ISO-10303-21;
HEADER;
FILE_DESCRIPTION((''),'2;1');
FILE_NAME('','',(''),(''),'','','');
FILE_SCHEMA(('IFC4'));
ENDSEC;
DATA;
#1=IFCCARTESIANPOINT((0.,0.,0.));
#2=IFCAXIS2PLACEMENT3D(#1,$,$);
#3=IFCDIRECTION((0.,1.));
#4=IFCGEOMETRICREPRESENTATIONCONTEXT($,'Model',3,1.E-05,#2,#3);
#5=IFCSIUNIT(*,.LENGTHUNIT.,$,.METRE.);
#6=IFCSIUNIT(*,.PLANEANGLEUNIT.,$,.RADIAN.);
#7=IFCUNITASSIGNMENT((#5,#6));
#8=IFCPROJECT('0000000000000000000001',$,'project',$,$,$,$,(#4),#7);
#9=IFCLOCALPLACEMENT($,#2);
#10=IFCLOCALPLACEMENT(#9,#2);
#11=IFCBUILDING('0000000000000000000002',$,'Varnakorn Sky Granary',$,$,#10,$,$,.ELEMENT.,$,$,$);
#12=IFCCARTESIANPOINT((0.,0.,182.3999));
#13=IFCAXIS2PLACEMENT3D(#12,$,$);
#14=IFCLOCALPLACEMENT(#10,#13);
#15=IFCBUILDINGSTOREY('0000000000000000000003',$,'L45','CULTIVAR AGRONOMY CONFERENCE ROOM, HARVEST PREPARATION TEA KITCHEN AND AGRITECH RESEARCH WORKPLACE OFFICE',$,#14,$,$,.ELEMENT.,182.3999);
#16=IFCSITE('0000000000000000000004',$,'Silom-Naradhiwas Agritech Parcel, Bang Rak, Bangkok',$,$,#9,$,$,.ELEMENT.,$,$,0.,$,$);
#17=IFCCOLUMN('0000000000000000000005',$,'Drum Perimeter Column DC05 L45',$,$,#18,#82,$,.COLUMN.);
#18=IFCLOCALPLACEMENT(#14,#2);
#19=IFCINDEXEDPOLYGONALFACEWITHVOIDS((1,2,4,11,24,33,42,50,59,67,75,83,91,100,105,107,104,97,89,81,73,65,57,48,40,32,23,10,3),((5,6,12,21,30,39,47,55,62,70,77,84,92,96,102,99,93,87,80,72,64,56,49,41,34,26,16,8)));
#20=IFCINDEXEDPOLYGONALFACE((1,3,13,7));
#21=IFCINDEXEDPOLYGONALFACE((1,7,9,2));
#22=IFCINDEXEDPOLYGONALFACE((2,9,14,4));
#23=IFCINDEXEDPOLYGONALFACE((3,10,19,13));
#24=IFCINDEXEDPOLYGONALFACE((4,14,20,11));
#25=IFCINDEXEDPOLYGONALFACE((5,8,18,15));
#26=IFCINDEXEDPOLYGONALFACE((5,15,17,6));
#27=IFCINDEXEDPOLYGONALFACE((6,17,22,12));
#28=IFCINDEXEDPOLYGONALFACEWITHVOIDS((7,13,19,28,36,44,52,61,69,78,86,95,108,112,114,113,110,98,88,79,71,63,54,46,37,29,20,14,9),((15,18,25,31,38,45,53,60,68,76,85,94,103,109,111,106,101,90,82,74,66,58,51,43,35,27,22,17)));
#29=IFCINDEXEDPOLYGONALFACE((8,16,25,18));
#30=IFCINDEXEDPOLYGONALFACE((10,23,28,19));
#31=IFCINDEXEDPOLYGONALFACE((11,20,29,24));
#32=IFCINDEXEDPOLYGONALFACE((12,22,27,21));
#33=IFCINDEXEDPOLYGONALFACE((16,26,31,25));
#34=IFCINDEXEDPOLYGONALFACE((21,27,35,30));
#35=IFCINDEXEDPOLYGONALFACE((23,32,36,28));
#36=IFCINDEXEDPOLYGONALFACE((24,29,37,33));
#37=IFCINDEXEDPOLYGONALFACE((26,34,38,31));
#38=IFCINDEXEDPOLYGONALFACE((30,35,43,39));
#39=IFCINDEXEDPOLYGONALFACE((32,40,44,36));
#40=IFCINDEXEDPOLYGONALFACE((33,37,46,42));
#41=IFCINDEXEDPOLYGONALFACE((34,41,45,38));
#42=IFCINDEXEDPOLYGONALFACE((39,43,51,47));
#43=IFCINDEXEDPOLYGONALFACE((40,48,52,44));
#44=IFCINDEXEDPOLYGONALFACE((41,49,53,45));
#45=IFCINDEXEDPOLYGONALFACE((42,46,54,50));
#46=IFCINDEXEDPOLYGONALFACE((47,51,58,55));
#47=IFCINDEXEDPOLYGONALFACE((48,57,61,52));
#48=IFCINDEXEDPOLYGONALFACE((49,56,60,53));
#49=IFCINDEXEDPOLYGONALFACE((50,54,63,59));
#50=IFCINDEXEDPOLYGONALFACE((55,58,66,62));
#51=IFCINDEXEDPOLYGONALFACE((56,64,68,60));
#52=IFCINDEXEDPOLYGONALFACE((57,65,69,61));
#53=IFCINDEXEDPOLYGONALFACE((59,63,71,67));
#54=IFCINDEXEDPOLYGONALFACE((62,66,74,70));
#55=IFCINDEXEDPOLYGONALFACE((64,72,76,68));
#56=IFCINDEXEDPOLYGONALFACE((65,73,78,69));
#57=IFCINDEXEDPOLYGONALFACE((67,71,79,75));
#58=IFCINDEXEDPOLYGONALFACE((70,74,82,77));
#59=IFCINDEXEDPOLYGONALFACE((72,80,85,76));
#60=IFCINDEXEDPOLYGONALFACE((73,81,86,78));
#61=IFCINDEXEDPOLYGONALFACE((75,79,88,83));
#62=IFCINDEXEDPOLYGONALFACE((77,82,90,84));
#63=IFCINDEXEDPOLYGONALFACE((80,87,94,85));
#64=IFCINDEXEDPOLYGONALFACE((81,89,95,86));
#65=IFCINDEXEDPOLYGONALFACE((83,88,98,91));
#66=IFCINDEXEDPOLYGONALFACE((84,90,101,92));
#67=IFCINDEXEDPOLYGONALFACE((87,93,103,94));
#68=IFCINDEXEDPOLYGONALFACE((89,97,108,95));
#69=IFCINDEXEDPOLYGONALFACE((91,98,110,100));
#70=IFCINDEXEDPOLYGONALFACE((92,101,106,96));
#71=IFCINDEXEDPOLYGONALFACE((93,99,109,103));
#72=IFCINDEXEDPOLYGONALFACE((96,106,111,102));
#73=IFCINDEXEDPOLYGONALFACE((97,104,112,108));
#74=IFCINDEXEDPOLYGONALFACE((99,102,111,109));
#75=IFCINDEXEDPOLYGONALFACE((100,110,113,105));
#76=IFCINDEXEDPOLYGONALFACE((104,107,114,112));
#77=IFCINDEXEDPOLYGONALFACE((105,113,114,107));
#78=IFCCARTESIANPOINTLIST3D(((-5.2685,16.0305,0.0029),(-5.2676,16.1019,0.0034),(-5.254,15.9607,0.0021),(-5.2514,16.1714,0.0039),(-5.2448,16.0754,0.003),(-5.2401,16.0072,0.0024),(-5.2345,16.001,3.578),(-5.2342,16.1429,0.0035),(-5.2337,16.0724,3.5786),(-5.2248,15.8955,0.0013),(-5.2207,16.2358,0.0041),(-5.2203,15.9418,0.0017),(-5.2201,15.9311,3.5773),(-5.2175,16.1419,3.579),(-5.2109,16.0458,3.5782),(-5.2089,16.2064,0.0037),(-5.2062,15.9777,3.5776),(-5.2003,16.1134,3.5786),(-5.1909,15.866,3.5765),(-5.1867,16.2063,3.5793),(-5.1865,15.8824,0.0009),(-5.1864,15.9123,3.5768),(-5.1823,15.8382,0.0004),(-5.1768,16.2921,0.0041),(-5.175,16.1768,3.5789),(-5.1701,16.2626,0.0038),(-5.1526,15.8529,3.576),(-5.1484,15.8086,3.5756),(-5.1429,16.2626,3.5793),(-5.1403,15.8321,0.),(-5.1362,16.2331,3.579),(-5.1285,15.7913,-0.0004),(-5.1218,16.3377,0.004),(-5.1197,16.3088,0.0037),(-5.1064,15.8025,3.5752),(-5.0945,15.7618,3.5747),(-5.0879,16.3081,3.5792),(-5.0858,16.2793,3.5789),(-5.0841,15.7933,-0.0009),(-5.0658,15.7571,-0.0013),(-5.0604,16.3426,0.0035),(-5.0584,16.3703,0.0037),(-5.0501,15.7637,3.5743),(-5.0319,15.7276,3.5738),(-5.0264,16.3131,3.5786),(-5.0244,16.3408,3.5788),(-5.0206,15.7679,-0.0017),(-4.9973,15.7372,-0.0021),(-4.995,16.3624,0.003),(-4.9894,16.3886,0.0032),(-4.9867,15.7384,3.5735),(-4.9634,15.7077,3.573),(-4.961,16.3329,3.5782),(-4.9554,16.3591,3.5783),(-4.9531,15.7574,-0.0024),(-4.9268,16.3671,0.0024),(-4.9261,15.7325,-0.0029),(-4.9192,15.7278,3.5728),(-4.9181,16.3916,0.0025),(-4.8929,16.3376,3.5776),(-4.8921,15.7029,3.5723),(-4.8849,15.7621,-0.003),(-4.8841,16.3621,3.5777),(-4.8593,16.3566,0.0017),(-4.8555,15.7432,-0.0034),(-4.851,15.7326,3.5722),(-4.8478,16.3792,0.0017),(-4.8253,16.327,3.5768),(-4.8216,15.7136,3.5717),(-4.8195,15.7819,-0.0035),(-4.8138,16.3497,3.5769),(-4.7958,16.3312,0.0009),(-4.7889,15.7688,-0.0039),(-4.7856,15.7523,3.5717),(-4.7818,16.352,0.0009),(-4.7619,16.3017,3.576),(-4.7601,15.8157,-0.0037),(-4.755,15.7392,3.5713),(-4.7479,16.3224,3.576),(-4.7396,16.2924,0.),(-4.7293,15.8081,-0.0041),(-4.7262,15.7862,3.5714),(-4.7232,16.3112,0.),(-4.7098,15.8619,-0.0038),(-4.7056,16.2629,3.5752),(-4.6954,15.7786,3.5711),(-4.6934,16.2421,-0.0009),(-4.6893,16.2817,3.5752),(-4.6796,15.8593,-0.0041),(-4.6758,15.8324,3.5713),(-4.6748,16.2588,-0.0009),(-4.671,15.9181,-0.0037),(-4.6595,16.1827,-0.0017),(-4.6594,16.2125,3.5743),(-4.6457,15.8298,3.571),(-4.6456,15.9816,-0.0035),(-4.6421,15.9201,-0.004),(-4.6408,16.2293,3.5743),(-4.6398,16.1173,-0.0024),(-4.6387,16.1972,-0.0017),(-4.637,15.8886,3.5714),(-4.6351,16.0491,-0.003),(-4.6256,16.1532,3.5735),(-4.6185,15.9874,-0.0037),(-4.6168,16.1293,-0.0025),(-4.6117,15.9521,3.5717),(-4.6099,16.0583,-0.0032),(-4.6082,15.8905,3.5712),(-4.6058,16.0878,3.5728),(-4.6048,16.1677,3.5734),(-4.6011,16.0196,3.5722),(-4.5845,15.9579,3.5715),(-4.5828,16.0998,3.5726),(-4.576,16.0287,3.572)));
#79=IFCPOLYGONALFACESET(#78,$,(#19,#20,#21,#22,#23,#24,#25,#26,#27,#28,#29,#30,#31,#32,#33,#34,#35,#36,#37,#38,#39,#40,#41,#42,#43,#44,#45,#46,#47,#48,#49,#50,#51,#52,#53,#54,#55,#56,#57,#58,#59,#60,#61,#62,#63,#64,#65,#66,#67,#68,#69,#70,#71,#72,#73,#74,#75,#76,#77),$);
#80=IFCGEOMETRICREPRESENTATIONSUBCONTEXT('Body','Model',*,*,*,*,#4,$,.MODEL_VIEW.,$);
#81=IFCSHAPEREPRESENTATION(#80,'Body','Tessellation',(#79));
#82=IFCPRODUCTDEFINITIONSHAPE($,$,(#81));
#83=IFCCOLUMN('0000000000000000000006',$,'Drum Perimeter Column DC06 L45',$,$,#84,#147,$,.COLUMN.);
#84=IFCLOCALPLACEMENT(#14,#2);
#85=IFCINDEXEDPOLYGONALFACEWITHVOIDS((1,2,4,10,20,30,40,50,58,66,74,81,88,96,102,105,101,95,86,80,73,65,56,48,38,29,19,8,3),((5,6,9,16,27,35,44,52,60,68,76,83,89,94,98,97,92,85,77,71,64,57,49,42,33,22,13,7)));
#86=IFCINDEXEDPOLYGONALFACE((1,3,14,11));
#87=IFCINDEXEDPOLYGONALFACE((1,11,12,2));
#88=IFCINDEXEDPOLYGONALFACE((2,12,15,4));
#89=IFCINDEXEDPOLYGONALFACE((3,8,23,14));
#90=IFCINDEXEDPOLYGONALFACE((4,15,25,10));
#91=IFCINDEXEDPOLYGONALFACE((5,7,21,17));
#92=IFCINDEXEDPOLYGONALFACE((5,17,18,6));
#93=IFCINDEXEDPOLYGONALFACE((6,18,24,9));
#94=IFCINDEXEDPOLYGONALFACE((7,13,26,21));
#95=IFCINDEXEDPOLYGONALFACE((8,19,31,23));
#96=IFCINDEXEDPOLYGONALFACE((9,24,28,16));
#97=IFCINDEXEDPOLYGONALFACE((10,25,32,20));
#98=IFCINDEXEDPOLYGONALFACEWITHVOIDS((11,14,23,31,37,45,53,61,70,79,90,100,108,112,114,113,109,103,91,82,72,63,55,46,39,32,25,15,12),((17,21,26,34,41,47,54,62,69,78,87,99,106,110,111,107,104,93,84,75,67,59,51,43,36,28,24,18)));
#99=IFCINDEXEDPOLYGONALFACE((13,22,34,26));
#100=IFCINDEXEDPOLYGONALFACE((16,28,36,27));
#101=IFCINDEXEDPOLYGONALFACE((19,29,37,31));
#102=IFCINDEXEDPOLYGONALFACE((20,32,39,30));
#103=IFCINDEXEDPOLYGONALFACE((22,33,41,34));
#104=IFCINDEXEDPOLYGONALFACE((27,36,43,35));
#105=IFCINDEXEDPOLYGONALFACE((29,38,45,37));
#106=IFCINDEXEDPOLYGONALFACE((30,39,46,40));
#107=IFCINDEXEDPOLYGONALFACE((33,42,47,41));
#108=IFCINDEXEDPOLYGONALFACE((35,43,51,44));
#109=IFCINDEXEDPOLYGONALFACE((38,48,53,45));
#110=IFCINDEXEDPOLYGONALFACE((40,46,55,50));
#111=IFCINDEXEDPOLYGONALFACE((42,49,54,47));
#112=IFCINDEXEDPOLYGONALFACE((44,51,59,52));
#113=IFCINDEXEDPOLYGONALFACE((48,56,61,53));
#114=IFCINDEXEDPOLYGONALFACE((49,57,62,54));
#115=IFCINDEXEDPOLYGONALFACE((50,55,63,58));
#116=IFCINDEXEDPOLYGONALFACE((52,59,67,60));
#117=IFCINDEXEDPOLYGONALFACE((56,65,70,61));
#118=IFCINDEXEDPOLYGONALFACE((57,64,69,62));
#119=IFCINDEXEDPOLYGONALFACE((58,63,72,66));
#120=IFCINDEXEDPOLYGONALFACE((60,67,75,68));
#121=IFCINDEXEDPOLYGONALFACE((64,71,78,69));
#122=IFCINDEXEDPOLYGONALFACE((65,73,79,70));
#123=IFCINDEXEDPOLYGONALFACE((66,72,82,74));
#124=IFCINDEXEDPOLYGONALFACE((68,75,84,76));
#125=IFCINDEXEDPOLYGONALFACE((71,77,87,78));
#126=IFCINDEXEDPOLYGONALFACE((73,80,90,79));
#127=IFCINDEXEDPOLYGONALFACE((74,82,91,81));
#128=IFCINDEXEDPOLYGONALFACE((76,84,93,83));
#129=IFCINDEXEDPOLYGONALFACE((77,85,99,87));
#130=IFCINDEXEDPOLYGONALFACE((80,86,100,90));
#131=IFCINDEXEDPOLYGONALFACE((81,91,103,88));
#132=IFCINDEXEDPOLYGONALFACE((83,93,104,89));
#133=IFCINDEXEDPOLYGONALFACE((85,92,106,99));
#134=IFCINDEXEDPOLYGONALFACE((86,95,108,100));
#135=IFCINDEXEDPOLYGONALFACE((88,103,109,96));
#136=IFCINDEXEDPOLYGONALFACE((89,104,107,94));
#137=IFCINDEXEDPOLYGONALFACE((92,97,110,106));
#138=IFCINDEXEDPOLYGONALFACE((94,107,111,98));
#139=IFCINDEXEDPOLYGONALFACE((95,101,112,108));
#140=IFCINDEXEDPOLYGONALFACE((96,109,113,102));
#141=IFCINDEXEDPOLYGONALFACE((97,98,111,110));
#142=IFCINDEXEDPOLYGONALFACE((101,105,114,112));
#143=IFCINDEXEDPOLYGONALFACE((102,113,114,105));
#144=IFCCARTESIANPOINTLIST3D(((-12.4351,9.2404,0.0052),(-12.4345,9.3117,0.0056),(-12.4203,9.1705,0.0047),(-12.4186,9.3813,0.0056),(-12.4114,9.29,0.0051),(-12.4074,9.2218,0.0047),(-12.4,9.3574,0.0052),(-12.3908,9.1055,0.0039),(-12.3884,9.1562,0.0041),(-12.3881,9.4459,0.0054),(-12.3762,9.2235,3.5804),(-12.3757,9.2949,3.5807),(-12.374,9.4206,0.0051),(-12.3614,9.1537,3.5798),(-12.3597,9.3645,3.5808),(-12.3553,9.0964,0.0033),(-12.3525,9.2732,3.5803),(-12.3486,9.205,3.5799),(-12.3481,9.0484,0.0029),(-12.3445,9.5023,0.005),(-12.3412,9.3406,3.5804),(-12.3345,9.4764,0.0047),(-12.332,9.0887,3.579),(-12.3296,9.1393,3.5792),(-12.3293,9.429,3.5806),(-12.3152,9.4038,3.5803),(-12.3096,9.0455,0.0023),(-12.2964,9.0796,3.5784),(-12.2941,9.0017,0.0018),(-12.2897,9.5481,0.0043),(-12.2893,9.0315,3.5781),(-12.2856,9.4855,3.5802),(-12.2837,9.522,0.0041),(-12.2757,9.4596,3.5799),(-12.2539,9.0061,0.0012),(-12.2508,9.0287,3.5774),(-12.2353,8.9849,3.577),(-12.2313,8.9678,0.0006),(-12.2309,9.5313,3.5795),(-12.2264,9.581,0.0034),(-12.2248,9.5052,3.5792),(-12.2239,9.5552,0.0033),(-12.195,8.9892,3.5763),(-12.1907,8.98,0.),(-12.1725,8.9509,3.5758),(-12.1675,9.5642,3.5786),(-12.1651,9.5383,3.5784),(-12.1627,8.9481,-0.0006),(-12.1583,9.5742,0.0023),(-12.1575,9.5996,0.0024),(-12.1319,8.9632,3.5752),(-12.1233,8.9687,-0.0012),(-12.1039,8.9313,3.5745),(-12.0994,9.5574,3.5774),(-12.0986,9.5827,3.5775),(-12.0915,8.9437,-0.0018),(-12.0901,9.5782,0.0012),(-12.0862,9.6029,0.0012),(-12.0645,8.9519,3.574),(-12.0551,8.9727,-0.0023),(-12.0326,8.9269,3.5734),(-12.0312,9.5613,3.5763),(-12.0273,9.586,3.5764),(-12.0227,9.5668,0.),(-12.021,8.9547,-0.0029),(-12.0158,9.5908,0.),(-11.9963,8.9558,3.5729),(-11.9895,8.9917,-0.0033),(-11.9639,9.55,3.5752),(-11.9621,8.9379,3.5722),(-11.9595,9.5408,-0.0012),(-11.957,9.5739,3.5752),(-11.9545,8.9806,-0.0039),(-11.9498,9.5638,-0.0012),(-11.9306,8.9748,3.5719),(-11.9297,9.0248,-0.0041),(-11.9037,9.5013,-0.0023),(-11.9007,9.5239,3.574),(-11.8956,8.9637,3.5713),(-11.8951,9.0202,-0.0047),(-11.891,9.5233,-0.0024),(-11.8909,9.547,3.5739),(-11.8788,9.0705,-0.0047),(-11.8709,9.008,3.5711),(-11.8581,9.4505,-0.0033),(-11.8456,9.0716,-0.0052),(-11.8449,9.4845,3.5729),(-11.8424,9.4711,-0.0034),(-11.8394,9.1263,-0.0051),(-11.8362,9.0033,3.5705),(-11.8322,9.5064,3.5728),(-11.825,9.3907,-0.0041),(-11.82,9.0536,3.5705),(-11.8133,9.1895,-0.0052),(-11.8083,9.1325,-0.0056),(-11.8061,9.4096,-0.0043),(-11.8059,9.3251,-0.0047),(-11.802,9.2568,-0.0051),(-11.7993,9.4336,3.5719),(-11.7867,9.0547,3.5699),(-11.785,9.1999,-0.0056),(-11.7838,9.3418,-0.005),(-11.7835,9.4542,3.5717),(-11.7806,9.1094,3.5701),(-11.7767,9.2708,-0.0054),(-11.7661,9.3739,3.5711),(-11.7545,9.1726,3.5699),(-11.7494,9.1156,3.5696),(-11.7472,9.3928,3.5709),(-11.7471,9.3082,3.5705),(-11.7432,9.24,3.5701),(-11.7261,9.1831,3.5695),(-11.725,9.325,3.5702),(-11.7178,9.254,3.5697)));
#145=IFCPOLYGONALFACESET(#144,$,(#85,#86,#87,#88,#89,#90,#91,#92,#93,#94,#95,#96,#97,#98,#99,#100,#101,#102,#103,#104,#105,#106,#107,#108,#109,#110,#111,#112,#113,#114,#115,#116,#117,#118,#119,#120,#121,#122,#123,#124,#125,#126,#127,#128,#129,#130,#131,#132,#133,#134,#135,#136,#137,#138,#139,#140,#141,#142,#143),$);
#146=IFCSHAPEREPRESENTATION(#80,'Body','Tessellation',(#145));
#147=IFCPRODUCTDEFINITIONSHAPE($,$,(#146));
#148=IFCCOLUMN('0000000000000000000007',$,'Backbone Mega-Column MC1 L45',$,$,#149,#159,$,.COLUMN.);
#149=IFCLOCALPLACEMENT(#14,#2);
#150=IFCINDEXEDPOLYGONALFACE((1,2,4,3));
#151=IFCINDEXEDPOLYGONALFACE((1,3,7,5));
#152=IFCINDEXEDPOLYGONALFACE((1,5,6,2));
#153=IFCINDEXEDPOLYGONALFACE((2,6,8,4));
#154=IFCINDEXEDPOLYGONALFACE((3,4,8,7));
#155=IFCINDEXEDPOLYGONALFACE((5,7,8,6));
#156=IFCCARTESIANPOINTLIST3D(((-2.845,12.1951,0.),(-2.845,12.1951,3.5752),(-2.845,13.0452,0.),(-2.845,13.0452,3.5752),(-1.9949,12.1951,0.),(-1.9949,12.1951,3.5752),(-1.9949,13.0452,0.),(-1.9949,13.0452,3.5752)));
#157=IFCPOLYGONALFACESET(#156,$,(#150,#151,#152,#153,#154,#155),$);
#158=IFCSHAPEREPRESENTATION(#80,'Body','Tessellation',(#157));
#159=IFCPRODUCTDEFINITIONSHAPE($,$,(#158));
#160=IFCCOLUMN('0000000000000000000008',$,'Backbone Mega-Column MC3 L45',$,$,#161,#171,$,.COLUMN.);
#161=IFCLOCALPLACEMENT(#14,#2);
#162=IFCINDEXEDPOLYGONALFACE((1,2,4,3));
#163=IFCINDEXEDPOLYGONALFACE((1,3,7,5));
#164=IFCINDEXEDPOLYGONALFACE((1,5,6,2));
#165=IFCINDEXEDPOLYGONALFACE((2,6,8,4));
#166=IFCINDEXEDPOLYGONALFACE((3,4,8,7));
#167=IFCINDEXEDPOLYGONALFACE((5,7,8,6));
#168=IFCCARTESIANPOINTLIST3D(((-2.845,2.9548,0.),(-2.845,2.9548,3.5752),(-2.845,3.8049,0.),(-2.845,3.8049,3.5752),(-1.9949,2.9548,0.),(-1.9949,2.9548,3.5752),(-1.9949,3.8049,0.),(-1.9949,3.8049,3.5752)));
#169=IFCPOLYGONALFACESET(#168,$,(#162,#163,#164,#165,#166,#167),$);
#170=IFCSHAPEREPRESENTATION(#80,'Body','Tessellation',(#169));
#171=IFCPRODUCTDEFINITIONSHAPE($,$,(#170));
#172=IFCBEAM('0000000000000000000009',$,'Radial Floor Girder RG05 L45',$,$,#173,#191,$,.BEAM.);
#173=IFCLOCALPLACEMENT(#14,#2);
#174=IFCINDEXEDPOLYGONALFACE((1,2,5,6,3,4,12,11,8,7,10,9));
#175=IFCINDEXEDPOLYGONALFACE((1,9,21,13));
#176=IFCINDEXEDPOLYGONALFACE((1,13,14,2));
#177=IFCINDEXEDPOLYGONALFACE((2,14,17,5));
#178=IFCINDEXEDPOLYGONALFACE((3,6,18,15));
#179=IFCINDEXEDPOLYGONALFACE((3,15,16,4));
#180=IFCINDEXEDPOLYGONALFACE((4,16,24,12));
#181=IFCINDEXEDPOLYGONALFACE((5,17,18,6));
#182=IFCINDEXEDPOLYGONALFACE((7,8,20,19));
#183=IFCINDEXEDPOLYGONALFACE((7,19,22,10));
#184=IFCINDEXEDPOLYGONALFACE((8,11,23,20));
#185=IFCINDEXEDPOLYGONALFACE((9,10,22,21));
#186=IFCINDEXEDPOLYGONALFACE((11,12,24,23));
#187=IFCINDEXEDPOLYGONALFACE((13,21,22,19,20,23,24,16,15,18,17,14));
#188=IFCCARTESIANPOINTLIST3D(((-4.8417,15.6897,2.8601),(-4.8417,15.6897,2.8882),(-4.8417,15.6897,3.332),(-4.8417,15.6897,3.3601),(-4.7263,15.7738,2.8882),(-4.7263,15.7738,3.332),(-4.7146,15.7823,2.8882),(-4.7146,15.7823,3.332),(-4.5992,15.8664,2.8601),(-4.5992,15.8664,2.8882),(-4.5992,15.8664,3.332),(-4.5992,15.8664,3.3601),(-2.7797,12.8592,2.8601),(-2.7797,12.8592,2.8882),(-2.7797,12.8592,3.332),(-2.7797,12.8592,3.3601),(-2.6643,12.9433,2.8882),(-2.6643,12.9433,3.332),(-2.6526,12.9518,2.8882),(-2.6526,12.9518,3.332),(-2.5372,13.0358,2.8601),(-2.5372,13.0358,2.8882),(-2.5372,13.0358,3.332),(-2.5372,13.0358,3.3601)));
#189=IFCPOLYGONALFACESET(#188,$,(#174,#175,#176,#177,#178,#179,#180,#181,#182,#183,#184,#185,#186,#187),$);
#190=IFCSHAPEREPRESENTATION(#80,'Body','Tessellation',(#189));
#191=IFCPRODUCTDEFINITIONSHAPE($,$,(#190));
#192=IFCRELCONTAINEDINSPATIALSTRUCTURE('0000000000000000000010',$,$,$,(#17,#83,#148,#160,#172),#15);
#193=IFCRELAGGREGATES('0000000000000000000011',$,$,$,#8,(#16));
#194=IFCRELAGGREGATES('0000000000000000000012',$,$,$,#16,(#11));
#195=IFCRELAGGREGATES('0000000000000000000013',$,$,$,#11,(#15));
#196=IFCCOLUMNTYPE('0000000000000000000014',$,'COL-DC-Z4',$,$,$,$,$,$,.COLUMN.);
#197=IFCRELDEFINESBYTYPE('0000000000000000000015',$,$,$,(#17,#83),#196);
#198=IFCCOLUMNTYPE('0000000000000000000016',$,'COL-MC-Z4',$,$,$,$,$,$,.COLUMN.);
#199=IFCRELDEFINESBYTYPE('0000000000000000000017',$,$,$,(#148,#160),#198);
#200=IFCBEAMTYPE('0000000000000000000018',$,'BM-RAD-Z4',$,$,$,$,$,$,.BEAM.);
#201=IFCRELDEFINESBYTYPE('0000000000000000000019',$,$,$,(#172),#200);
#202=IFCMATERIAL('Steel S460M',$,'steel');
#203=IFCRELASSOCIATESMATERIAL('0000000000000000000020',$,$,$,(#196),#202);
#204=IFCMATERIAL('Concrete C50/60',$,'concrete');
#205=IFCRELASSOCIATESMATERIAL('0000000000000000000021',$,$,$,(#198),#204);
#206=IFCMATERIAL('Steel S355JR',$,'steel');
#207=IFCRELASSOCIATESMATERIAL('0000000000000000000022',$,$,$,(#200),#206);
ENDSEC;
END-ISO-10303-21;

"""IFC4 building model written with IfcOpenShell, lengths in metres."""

from ifc_helpers import new_model, si_unit, direction, frame, origin, origin_2d, place, context, subcontext, project, spatial, rectangle, hollow_circle, i_section, extrude, material, material_profile, profile_set, type_object, element, save


model = new_model("IFC4")

# Units and contexts
model_context = context("Model", 3, precision=1e-05, world=origin(), true_north=direction((0.0, 1.0)))
body_context = subcontext(model_context, "Body", "Model", "MODEL_VIEW")
ifc_project = project(units=[si_unit("LENGTHUNIT", "METRE"), si_unit("PLANEANGLEUNIT", "RADIAN")], contexts=[model_context])

# Site, building, storey
site_placement = place(None, origin())
site = spatial("IfcSite", under=ifc_project, at=site_placement, Name="Silom-Naradhiwas Agritech Parcel, Bang Rak, Bangkok", CompositionType="ELEMENT", RefElevation=0.0)
building_placement = place(site_placement, origin())
building = spatial("IfcBuilding", under=site, at=building_placement, Name="Varnakorn Sky Granary", CompositionType="ELEMENT")
storey_placement = place(building_placement, frame((0.0, 0.0, 182.3999)))
storey = spatial("IfcBuildingStorey", under=building, at=storey_placement, Name="L45", Description="CULTIVAR AGRONOMY CONFERENCE ROOM, HARVEST PREPARATION TEA KITCHEN AND AGRITECH RESEARCH WORKPLACE OFFICE", CompositionType="ELEMENT", Elevation=182.3999)

# Columns
ifc_material_1 = material(Name="Steel S460M", Category="steel")
ifc_material_profile_1 = material_profile(ifc_material_1, hollow_circle(Radius=0.3301, WallThickness=0.0249, at=origin_2d()), Name="CHS 660x25")
ifc_profile_set_1 = profile_set([ifc_material_profile_1], Name="Steel S460M")
column_type_1 = type_object("IfcColumnType", Name="COL-DC-Z4", PredefinedType="COLUMN", material=ifc_profile_set_1)
column_1_placement = place(storey_placement, frame((-4.9399, 16.0623, 0.0), z_axis=(0.009491, -0.008262, 0.999921), x_axis=(0.656582, 0.754255, 0.0)))
element("IfcColumn", 1, at=column_1_placement, inside=storey, type_object=column_type_1, Name="Drum Perimeter Column DC05 L45", PredefinedType="COLUMN", context=body_context, shape_type="SweptSolid", body=[
    extrude(hollow_circle(Radius=0.3301, WallThickness=0.0249, at=origin_2d()), origin(), (0.0, 0.0, 1.0), 3.5754),
])
column_2_placement = place(storey_placement, frame((-12.1067, 9.2734, 0.0), z_axis=(0.016455, -0.004711, 0.999854), x_axis=(0.275248, 0.961373, 0.0)))
element("IfcColumn", 2, at=column_2_placement, inside=storey, type_object=column_type_1, Name="Drum Perimeter Column DC06 L45", PredefinedType="COLUMN", context=body_context, shape_type="SweptSolid", body=[
    extrude(hollow_circle(Radius=0.3301, WallThickness=0.0249, at=origin_2d()), origin(), (0.0, 0.0, 1.0), 3.5757),
])
ifc_material_2 = material(Name="Concrete C50/60", Category="concrete")
ifc_material_profile_2 = material_profile(ifc_material_2, rectangle(XDim=0.8501, YDim=0.8501, at=origin_2d()), Name="RC 850x850")
ifc_profile_set_2 = profile_set([ifc_material_profile_2], Name="Concrete C50/60")
column_type_2 = type_object("IfcColumnType", Name="COL-MC-Z4", PredefinedType="COLUMN", material=ifc_profile_set_2)
for number, where, z_axis, x_axis, name in (
    (3, (-2.4199, 12.6201, 0.0), (0.0, 0.0, 1.0), (1.0, 0.0, 0.0), "Backbone Mega-Column MC1 L45"),
    (4, (-2.4199, 3.3799, 0.0), (0.0, 0.0, 1.0), (1.0, 0.0, 0.0), "Backbone Mega-Column MC3 L45"),
):
    element("IfcColumn", number, at=place(storey_placement, frame(where, z_axis=z_axis, x_axis=x_axis)), inside=storey, type_object=column_type_2, Name=name, PredefinedType="COLUMN", context=body_context, shape_type="SweptSolid", body=[
        extrude(rectangle(XDim=0.8501, YDim=0.8501, at=origin_2d()), origin(), (0.0, 0.0, 1.0), 3.5752),
    ])

# Beam
ifc_material_3 = material(Name="Steel S355JR", Category="steel")
ifc_material_profile_3 = material_profile(ifc_material_3, i_section(OverallWidth=0.3, OverallDepth=0.5, WebThickness=0.0144, FlangeThickness=0.0281, at=origin_2d()), Name="HE 500 B")
ifc_profile_set_3 = profile_set([ifc_material_profile_3], Name="Steel S355JR")
beam_type_1 = type_object("IfcBeamType", Name="BM-RAD-Z4", PredefinedType="BEAM", material=ifc_profile_set_3)
beam_1_placement = place(storey_placement, frame((-2.6584, 12.9475, 3.1101), z_axis=(-0.58881, 0.808272, 0.0), x_axis=(-0.808272, -0.58881, 0.0)))
element("IfcBeam", 5, at=beam_1_placement, inside=storey, type_object=beam_type_1, Name="Radial Floor Girder RG05 L45", PredefinedType="BEAM", context=body_context, shape_type="SweptSolid", body=[
    extrude(i_section(OverallWidth=0.3, OverallDepth=0.5, WebThickness=0.0144, FlangeThickness=0.0281, at=origin_2d()), origin(), (0.0, 0.0, 1.0), 3.502),
])

save(model, "model.ifc")
